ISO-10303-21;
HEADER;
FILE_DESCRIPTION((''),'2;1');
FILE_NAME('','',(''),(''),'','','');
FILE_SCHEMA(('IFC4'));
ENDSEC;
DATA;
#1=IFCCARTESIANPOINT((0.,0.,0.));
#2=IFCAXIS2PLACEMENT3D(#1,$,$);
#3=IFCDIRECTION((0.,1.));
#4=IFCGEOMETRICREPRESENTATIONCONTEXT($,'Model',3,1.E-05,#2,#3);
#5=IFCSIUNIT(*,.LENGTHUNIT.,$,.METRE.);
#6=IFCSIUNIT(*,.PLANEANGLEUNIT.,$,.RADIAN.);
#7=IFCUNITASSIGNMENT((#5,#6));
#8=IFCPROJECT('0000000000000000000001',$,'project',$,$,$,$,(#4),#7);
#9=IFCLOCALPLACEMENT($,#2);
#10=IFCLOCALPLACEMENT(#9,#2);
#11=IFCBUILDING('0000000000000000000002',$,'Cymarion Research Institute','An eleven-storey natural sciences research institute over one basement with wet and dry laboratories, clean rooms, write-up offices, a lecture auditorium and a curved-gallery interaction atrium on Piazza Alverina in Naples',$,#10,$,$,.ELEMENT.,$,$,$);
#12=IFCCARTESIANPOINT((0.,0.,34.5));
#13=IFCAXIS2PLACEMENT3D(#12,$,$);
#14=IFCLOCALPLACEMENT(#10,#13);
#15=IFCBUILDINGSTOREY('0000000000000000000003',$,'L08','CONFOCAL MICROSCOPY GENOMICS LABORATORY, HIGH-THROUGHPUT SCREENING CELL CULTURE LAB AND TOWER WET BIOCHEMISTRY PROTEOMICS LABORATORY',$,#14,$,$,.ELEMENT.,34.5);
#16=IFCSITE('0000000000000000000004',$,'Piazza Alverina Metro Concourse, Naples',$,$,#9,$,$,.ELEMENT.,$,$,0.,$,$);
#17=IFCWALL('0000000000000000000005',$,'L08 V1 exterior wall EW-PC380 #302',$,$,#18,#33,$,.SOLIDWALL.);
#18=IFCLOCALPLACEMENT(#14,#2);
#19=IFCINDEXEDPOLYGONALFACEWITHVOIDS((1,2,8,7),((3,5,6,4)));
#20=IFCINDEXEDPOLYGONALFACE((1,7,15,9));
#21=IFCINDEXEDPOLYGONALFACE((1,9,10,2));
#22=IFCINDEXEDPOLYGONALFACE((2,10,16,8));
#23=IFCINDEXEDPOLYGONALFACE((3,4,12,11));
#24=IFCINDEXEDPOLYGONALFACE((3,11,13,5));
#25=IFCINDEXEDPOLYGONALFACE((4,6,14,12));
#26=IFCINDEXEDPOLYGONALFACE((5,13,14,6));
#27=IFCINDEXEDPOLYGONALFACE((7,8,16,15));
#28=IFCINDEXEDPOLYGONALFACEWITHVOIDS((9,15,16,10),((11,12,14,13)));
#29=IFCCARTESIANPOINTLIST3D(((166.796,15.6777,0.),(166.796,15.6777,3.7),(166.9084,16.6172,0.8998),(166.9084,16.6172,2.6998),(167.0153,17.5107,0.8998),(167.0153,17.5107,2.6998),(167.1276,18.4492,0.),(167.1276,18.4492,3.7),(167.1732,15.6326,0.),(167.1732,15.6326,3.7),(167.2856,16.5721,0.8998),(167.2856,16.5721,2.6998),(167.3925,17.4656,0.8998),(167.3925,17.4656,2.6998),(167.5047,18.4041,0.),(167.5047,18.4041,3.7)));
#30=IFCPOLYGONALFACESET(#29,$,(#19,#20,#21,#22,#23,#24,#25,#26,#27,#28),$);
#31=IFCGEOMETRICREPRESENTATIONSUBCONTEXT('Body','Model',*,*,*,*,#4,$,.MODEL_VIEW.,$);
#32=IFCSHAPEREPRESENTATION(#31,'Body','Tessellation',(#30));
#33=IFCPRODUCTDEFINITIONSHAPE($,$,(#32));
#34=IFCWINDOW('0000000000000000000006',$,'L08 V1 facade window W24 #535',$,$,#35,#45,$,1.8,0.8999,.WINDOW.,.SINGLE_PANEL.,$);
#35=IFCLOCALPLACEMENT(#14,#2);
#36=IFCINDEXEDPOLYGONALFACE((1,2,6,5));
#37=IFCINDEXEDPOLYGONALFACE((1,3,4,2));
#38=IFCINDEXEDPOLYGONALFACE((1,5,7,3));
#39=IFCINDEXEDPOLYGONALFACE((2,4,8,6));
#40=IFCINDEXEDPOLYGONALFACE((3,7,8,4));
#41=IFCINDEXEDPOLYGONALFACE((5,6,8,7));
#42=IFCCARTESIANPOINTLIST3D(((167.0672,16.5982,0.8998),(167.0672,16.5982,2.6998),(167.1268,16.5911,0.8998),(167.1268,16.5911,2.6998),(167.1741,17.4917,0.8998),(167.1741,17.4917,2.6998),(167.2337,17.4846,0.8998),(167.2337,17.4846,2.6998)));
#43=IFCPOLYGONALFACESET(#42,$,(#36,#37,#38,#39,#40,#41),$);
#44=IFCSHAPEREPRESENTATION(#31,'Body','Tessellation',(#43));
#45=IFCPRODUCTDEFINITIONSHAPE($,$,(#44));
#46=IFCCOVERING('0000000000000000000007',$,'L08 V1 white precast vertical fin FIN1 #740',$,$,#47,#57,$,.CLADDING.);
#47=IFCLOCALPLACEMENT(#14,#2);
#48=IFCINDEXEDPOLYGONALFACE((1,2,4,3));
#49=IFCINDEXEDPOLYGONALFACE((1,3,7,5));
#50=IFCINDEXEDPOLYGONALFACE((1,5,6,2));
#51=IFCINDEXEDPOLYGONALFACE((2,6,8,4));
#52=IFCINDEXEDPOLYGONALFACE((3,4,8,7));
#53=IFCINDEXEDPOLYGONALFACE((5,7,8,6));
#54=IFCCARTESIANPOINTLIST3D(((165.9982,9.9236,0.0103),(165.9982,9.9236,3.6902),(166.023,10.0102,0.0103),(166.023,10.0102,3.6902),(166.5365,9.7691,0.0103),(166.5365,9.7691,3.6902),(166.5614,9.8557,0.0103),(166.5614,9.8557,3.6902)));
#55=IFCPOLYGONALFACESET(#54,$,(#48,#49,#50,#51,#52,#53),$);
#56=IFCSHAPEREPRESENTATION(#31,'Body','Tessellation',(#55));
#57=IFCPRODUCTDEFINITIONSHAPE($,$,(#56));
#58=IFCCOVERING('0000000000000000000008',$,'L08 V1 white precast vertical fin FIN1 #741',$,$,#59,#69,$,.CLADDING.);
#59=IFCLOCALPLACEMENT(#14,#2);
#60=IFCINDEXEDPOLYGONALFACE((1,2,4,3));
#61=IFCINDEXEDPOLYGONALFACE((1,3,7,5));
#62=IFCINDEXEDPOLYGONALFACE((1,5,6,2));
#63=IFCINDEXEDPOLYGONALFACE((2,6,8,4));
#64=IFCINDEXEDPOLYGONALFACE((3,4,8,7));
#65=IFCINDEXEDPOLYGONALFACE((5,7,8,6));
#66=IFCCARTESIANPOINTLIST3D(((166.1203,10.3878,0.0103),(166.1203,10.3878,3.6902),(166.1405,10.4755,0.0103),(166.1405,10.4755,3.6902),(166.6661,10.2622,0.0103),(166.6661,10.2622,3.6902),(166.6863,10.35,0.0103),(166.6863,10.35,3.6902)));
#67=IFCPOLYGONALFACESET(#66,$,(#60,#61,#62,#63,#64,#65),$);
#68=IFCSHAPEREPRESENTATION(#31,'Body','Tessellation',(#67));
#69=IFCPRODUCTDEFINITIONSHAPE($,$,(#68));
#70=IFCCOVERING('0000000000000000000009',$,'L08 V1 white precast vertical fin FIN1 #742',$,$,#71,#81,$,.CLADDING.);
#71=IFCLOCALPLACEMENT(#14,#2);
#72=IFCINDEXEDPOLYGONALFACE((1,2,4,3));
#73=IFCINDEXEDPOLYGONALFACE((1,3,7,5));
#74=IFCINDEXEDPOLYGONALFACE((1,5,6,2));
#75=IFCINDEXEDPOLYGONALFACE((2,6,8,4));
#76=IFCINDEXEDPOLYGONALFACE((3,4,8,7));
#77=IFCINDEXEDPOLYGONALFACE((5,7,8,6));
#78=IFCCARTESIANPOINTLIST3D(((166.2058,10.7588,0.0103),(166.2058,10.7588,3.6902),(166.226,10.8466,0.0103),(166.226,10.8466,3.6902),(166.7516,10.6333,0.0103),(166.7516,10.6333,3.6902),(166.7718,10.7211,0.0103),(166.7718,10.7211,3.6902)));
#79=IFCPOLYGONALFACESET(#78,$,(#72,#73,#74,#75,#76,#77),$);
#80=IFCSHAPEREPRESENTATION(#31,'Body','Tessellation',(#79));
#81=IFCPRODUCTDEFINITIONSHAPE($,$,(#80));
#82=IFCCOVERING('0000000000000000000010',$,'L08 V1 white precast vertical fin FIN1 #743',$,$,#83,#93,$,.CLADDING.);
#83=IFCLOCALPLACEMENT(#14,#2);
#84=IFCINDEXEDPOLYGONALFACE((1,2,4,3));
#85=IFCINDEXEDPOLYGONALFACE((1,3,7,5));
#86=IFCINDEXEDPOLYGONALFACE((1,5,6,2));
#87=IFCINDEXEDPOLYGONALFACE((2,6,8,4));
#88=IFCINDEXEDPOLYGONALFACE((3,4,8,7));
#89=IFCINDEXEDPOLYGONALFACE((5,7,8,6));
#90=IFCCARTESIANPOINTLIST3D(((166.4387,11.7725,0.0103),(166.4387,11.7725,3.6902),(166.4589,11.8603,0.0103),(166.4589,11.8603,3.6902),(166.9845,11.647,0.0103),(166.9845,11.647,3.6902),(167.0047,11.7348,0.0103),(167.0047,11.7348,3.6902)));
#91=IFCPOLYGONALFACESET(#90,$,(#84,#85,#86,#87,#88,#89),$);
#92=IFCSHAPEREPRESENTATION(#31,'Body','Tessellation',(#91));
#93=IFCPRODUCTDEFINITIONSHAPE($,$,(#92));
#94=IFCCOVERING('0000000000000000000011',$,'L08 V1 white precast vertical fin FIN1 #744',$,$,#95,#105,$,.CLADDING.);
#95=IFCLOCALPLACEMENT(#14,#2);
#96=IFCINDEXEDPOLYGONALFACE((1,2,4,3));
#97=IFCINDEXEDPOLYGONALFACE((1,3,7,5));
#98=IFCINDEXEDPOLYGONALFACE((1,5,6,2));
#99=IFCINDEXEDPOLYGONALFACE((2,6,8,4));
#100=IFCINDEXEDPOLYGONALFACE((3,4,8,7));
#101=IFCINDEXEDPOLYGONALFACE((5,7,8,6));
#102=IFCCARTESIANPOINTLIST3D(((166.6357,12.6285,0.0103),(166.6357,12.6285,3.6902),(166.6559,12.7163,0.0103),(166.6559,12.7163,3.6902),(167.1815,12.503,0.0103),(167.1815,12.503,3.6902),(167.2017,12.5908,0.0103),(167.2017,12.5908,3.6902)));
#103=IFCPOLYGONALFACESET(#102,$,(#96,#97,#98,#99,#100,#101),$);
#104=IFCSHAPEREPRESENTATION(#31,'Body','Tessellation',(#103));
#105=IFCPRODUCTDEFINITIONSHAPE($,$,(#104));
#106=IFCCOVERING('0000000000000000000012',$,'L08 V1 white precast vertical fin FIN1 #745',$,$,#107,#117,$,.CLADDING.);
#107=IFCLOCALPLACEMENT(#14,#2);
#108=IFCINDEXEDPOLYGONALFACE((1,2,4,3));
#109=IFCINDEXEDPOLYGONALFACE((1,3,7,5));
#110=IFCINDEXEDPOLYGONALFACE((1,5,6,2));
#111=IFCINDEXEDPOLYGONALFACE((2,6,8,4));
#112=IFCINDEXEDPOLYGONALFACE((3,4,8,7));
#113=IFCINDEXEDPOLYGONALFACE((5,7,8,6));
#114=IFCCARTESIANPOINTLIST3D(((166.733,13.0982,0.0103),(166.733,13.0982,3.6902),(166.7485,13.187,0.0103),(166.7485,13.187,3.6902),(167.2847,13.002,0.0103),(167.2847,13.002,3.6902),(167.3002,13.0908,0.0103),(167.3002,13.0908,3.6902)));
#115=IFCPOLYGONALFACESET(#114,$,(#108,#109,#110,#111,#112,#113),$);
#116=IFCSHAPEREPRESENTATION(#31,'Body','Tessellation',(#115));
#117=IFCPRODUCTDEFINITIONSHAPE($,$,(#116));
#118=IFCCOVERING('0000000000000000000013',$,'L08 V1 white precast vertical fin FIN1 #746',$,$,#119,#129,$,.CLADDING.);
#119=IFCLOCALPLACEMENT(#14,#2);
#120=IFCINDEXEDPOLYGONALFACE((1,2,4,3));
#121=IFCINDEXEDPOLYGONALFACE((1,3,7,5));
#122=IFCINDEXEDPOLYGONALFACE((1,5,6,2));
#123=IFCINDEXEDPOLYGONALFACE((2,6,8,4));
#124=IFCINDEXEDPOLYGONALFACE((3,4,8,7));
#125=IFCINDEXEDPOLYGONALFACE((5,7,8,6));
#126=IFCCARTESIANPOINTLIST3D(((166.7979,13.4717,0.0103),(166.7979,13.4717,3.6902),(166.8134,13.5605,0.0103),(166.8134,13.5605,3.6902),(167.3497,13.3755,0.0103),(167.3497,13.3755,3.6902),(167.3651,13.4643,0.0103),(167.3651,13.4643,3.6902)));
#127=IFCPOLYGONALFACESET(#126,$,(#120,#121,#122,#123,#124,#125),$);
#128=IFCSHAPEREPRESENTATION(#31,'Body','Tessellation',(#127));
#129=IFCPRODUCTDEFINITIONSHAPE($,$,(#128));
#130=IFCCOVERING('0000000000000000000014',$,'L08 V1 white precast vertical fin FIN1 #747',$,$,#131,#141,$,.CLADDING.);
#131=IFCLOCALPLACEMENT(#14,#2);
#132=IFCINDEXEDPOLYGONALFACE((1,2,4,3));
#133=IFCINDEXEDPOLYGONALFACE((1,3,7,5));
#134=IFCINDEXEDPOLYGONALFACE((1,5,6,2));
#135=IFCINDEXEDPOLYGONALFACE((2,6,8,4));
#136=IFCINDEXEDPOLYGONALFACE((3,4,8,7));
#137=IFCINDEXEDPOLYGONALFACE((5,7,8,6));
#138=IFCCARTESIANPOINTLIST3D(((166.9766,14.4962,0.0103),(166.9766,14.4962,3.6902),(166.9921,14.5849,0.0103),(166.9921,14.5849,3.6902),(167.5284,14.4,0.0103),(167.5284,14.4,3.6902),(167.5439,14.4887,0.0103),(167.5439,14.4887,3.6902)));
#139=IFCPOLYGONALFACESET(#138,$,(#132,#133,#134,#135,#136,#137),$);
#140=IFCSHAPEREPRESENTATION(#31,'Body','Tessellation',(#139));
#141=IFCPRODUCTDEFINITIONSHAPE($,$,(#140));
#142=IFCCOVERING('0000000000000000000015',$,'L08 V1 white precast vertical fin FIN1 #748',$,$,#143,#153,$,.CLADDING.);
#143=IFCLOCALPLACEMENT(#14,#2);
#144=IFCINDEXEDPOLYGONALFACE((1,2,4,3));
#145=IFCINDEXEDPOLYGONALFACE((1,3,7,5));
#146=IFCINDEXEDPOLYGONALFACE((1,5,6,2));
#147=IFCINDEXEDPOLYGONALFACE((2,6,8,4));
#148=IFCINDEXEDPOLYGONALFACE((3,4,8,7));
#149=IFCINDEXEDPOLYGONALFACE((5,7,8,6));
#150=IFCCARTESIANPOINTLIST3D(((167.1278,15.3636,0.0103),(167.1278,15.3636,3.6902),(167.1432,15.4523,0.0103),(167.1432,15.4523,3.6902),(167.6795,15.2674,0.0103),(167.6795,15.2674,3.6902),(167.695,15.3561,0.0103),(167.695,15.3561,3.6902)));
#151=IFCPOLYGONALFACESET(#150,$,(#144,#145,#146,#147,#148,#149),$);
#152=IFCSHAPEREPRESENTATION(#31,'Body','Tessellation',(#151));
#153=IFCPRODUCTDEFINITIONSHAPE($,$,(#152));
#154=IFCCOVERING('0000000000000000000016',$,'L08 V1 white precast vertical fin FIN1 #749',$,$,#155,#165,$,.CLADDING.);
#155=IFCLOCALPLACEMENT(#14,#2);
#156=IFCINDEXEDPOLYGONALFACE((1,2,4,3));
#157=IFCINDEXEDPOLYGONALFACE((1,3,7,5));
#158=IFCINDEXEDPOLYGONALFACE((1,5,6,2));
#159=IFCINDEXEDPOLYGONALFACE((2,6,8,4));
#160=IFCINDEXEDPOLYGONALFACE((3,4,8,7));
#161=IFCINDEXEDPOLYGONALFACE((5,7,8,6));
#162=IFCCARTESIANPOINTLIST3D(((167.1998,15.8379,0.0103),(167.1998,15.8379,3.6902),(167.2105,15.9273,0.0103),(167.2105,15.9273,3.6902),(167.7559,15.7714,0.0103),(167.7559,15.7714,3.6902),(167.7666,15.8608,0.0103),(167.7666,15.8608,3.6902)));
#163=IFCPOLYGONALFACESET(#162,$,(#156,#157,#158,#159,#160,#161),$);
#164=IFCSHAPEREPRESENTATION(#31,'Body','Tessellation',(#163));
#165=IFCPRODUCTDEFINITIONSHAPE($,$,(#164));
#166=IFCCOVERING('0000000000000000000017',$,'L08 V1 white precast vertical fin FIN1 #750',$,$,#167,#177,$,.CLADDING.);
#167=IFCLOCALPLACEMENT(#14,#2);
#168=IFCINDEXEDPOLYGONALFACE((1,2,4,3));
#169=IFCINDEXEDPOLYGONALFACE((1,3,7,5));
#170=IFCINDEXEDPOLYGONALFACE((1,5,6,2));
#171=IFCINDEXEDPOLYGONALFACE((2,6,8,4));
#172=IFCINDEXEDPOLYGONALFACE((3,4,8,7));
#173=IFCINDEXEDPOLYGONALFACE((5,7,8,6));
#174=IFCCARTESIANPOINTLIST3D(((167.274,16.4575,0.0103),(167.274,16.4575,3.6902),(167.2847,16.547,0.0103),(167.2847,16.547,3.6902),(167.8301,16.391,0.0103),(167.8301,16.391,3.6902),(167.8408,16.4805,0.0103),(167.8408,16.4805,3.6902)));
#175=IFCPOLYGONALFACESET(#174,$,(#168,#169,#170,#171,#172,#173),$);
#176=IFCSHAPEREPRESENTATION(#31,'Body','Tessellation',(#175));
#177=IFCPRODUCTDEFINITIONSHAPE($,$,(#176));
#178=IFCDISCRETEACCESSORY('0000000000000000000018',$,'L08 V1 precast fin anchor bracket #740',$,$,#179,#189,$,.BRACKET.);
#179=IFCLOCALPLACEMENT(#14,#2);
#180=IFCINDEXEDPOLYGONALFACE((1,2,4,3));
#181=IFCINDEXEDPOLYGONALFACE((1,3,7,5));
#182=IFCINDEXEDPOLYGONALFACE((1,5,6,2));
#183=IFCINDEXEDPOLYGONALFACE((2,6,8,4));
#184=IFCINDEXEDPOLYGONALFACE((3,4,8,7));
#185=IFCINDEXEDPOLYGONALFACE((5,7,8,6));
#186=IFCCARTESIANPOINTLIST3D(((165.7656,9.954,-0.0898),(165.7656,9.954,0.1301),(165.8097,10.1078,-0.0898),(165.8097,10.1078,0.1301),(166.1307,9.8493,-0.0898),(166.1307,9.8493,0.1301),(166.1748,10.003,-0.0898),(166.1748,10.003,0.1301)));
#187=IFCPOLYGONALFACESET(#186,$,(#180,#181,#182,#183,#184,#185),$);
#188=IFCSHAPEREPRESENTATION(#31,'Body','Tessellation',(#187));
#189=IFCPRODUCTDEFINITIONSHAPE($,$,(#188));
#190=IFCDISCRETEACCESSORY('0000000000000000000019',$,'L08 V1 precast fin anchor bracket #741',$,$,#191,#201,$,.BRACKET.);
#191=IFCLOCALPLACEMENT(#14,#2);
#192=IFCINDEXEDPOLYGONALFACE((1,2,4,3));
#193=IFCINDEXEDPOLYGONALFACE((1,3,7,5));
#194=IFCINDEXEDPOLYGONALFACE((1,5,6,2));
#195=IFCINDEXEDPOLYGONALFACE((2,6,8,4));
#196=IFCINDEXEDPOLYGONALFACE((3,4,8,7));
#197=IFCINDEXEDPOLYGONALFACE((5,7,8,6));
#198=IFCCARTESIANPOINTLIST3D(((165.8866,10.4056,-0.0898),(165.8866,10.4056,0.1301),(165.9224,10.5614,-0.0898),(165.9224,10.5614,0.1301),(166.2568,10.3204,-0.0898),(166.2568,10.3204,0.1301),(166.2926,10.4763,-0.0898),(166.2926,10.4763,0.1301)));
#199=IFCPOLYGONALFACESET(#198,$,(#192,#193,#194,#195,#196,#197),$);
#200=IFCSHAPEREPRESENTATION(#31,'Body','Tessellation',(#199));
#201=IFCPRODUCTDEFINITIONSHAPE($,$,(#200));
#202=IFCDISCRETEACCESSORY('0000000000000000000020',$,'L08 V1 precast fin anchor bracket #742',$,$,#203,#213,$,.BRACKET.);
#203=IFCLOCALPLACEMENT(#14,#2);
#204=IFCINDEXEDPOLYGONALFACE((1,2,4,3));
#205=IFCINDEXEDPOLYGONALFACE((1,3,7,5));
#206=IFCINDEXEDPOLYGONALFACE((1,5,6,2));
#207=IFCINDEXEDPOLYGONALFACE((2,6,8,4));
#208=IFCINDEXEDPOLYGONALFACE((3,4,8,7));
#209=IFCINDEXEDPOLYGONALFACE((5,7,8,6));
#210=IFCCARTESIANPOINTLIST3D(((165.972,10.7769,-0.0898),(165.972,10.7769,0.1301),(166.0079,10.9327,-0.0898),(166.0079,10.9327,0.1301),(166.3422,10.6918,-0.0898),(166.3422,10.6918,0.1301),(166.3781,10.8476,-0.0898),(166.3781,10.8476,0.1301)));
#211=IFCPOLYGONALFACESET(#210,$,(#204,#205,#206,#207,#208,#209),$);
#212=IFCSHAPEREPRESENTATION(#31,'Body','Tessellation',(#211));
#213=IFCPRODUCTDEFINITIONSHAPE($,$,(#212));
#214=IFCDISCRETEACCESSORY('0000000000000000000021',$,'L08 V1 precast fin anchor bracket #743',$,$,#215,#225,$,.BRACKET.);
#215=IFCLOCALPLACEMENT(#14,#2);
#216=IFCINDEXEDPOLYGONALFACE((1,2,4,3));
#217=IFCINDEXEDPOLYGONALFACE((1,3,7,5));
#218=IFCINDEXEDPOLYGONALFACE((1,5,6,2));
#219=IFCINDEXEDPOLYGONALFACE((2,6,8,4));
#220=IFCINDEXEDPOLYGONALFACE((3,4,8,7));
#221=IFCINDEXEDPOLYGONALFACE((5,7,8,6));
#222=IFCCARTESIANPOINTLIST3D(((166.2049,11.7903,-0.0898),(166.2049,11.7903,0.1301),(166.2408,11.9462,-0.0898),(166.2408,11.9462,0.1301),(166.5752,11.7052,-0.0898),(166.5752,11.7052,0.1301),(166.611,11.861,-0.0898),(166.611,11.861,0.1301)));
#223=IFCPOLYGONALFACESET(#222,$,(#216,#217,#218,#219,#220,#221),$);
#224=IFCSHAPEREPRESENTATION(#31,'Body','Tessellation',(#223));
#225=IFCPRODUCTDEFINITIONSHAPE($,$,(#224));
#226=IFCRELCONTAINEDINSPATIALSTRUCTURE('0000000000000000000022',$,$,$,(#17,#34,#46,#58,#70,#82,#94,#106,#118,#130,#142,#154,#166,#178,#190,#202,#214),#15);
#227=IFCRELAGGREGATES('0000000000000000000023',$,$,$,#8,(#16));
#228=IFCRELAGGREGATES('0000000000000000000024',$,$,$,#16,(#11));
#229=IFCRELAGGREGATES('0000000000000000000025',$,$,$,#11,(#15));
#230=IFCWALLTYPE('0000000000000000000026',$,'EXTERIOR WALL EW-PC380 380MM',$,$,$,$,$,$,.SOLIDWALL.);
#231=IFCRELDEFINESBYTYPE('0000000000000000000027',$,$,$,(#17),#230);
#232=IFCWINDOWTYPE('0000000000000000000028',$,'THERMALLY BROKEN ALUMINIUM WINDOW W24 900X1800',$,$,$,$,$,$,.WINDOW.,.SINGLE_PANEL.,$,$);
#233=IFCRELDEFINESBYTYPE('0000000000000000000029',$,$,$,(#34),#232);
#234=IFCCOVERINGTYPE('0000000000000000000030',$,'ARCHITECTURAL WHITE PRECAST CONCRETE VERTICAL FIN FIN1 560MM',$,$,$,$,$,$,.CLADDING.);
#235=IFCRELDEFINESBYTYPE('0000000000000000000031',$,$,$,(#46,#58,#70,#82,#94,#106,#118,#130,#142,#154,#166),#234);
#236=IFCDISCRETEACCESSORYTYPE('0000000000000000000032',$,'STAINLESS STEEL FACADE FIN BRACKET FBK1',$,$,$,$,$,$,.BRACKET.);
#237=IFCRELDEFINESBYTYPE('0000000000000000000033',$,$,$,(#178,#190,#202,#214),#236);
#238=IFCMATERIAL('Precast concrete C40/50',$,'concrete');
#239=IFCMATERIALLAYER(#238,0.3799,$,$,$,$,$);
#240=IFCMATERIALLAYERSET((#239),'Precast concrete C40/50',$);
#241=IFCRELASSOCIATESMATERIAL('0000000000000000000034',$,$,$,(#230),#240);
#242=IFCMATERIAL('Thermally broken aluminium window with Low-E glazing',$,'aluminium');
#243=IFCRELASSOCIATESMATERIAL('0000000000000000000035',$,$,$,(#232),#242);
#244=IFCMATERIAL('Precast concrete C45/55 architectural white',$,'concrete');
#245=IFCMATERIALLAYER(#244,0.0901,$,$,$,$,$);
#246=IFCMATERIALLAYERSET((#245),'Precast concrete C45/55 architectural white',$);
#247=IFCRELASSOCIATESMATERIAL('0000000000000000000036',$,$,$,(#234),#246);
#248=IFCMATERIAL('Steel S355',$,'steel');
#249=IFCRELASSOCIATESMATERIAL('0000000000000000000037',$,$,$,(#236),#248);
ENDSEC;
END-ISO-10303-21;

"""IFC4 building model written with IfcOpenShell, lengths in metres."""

from ifc_helpers import new_model, si_unit, direction, frame, frame_2d, origin, origin_2d, place, context, subcontext, project, spatial, rectangle, extrude, material, layer, layer_set, type_object, element, fill, save


model = new_model("IFC4")

# Units and contexts
model_context = context("Model", 3, precision=1e-05, world=origin(), true_north=direction((0.0, 1.0)))
body_context = subcontext(model_context, "Body", "Model", "MODEL_VIEW")
ifc_project = project(units=[si_unit("LENGTHUNIT", "METRE"), si_unit("PLANEANGLEUNIT", "RADIAN")], contexts=[model_context])

# Site, building, storey
site_placement = place(None, origin())
site = spatial("IfcSite", under=ifc_project, at=site_placement, Name="Piazza Alverina Metro Concourse, Naples", CompositionType="ELEMENT", RefElevation=0.0)
building_placement = place(site_placement, origin())
building = spatial("IfcBuilding", under=site, at=building_placement, Name="Cymarion Research Institute", Description="An eleven-storey natural sciences research institute over one basement with wet and dry laboratories, clean rooms, write-up offices, a lecture auditorium and a curved-gallery interaction atrium on Piazza Alverina in Naples", CompositionType="ELEMENT")
storey_placement = place(building_placement, frame((0.0, 0.0, 34.5)))
storey = spatial("IfcBuildingStorey", under=building, at=storey_placement, Name="L08", Description="CONFOCAL MICROSCOPY GENOMICS LABORATORY, HIGH-THROUGHPUT SCREENING CELL CULTURE LAB AND TOWER WET BIOCHEMISTRY PROTEOMICS LABORATORY", CompositionType="ELEMENT", Elevation=34.5)

# Shared definitions
ifc_material_1 = material(Name="Steel S355", Category="steel")

# Wall, opening, window
ifc_material_2 = material(Name="Precast concrete C40/50", Category="concrete")
ifc_layer_1 = layer(ifc_material_2, 0.3799)
ifc_layer_set_1 = layer_set([ifc_layer_1], Name="Precast concrete C40/50")
wall_type = type_object("IfcWallType", Name="EXTERIOR WALL EW-PC380 380MM", PredefinedType="SOLIDWALL", material=ifc_layer_set_1)
ifc_material_3 = material(Name="Thermally broken aluminium window with Low-E glazing", Category="aluminium")
window_type = type_object("IfcWindowType", Name="THERMALLY BROKEN ALUMINIUM WINDOW W24 900X1800", PartitioningType="SINGLE_PANEL", PredefinedType="WINDOW", material=ifc_material_3)
wall_1_placement = place(storey_placement, frame((166.9846, 15.6553, 0.0), z_axis=(0.0, 0.0, 1.0), x_axis=(0.11878, 0.992921, 0.0)))
wall_1 = element("IfcWall", 1, at=wall_1_placement, inside=storey, type_object=wall_type, Name="L08 V1 exterior wall EW-PC380 #302", PredefinedType="SOLIDWALL", context=body_context, shape_type="SweptSolid", body=[
    extrude(rectangle(XDim=2.7913, YDim=0.3799, at=frame_2d((1.3955, 0.0))), origin(), (0.0, 0.0, 1.0), 3.7),
])
opening_1_placement = place(wall_1_placement, frame((0.946, 0.0, 0.8999)))
opening_1 = element("IfcOpeningElement", 2, at=opening_1_placement, cuts=wall_1, PredefinedType="OPENING", context=body_context, shape_type="SweptSolid", body=[
    extrude(rectangle(XDim=0.8999, YDim=1.8, at=frame_2d((0.45, 0.8999))), frame((0.0, 0.2, 0.0), z_axis=(0.0, -1.0, 0.0), x_axis=(1.0, 0.0, 0.0)), (0.0, 0.0, 1.0), 0.3999),
])
window_1_placement = place(opening_1_placement, origin())
window_1 = element("IfcWindow", 3, at=window_1_placement, inside=storey, type_object=window_type, Name="L08 V1 facade window W24 #535", OverallHeight=1.8, OverallWidth=0.8999, PartitioningType="SINGLE_PANEL", PredefinedType="WINDOW", context=body_context, shape_type="SweptSolid", body=[
    extrude(rectangle(XDim=0.8999, YDim=1.8, at=frame_2d((0.45, 0.8999))), frame((0.0, 0.03, 0.0), z_axis=(0.0, -1.0, 0.0), x_axis=(1.0, 0.0, 0.0)), (0.0, 0.0, 1.0), 0.0601),
])
fill(opening_1, window_1)

# Coverings
ifc_material_4 = material(Name="Precast concrete C45/55 architectural white", Category="concrete")
ifc_layer_2 = layer(ifc_material_4, 0.0901)
ifc_layer_set_2 = layer_set([ifc_layer_2], Name="Precast concrete C45/55 architectural white")
covering_type = type_object("IfcCoveringType", Name="ARCHITECTURAL WHITE PRECAST CONCRETE VERTICAL FIN FIN1 560MM", PredefinedType="CLADDING", material=ifc_layer_set_2)
for number, where, z_axis, x_axis, name in (
    (4, (166.2798, 9.8896, 0.0103), (0.0, 0.0, 1.0), (0.961214, -0.275805, 0.0), "L08 V1 white precast vertical fin FIN1 #740"),
    (5, (166.4033, 10.3689, 0.0103), (0.0, 0.0, 1.0), (0.974566, -0.224101, 0.0), "L08 V1 white precast vertical fin FIN1 #741"),
    (6, (166.4888, 10.74, 0.0103), (0.0, 0.0, 1.0), (0.974566, -0.224101, 0.0), "L08 V1 white precast vertical fin FIN1 #742"),
    (7, (166.7217, 11.7537, 0.0103), (0.0, 0.0, 1.0), (0.974566, -0.224101, 0.0), "L08 V1 white precast vertical fin FIN1 #743"),
    (8, (166.9187, 12.6096, 0.0103), (0.0, 0.0, 1.0), (0.974566, -0.224101, 0.0), "L08 V1 white precast vertical fin FIN1 #744"),
    (9, (167.0166, 13.0945, 0.0103), (0.0, 0.0, 1.0), (0.985139, -0.171757, 0.0), "L08 V1 white precast vertical fin FIN1 #745"),
    (10, (167.0815, 13.468, 0.0103), (0.0, 0.0, 1.0), (0.985139, -0.171757, 0.0), "L08 V1 white precast vertical fin FIN1 #746"),
    (11, (167.2603, 14.4924, 0.0103), (0.0, 0.0, 1.0), (0.985139, -0.171757, 0.0), "L08 V1 white precast vertical fin FIN1 #747"),
    (12, (167.4114, 15.3599, 0.0103), (0.0, 0.0, 1.0), (0.985139, -0.171757, 0.0), "L08 V1 white precast vertical fin FIN1 #748"),
    (13, (167.4832, 15.8494, 0.0103), (0.0, 0.0, 1.0), (0.992924, -0.118751, 0.0), "L08 V1 white precast vertical fin FIN1 #749"),
    (14, (167.5574, 16.469, 0.0103), (0.0, 0.0, 1.0), (0.992924, -0.118751, 0.0), "L08 V1 white precast vertical fin FIN1 #750"),
):
    element("IfcCovering", number, at=place(storey_placement, frame(where, z_axis=z_axis, x_axis=x_axis)), inside=storey, type_object=covering_type, Name=name, PredefinedType="CLADDING", context=body_context, shape_type="SweptSolid", body=[
        extrude(rectangle(XDim=0.5601, YDim=0.0901, at=origin_2d()), origin(), (0.0, 0.0, 1.0), 3.6799),
    ])

# Discrete accessories
discrete_accessory_type = type_object("IfcDiscreteAccessoryType", Name="STAINLESS STEEL FACADE FIN BRACKET FBK1", PredefinedType="BRACKET", material=ifc_material_1)
for number, where, z_axis, x_axis, name in (
    (15, (165.9702, 9.9785, -0.0898), (0.0, 0.0, 1.0), (0.961214, -0.275805, 0.0), "L08 V1 precast fin anchor bracket #740"),
    (16, (166.0896, 10.4409, -0.0898), (0.0, 0.0, 1.0), (0.974566, -0.224101, 0.0), "L08 V1 precast fin anchor bracket #741"),
    (17, (166.175, 10.8123, -0.0898), (0.0, 0.0, 1.0), (0.974566, -0.224101, 0.0), "L08 V1 precast fin anchor bracket #742"),
    (18, (166.408, 11.8257, -0.0898), (0.0, 0.0, 1.0), (0.974566, -0.224101, 0.0), "L08 V1 precast fin anchor bracket #743"),
):
    element("IfcDiscreteAccessory", number, at=place(storey_placement, frame(where, z_axis=z_axis, x_axis=x_axis)), inside=storey, type_object=discrete_accessory_type, Name=name, PredefinedType="BRACKET", context=body_context, shape_type="SweptSolid", body=[
        extrude(rectangle(XDim=0.3799, YDim=0.1599, at=origin_2d()), origin(), (0.0, 0.0, 1.0), 0.22),
    ])

save(model, "model.ifc")
